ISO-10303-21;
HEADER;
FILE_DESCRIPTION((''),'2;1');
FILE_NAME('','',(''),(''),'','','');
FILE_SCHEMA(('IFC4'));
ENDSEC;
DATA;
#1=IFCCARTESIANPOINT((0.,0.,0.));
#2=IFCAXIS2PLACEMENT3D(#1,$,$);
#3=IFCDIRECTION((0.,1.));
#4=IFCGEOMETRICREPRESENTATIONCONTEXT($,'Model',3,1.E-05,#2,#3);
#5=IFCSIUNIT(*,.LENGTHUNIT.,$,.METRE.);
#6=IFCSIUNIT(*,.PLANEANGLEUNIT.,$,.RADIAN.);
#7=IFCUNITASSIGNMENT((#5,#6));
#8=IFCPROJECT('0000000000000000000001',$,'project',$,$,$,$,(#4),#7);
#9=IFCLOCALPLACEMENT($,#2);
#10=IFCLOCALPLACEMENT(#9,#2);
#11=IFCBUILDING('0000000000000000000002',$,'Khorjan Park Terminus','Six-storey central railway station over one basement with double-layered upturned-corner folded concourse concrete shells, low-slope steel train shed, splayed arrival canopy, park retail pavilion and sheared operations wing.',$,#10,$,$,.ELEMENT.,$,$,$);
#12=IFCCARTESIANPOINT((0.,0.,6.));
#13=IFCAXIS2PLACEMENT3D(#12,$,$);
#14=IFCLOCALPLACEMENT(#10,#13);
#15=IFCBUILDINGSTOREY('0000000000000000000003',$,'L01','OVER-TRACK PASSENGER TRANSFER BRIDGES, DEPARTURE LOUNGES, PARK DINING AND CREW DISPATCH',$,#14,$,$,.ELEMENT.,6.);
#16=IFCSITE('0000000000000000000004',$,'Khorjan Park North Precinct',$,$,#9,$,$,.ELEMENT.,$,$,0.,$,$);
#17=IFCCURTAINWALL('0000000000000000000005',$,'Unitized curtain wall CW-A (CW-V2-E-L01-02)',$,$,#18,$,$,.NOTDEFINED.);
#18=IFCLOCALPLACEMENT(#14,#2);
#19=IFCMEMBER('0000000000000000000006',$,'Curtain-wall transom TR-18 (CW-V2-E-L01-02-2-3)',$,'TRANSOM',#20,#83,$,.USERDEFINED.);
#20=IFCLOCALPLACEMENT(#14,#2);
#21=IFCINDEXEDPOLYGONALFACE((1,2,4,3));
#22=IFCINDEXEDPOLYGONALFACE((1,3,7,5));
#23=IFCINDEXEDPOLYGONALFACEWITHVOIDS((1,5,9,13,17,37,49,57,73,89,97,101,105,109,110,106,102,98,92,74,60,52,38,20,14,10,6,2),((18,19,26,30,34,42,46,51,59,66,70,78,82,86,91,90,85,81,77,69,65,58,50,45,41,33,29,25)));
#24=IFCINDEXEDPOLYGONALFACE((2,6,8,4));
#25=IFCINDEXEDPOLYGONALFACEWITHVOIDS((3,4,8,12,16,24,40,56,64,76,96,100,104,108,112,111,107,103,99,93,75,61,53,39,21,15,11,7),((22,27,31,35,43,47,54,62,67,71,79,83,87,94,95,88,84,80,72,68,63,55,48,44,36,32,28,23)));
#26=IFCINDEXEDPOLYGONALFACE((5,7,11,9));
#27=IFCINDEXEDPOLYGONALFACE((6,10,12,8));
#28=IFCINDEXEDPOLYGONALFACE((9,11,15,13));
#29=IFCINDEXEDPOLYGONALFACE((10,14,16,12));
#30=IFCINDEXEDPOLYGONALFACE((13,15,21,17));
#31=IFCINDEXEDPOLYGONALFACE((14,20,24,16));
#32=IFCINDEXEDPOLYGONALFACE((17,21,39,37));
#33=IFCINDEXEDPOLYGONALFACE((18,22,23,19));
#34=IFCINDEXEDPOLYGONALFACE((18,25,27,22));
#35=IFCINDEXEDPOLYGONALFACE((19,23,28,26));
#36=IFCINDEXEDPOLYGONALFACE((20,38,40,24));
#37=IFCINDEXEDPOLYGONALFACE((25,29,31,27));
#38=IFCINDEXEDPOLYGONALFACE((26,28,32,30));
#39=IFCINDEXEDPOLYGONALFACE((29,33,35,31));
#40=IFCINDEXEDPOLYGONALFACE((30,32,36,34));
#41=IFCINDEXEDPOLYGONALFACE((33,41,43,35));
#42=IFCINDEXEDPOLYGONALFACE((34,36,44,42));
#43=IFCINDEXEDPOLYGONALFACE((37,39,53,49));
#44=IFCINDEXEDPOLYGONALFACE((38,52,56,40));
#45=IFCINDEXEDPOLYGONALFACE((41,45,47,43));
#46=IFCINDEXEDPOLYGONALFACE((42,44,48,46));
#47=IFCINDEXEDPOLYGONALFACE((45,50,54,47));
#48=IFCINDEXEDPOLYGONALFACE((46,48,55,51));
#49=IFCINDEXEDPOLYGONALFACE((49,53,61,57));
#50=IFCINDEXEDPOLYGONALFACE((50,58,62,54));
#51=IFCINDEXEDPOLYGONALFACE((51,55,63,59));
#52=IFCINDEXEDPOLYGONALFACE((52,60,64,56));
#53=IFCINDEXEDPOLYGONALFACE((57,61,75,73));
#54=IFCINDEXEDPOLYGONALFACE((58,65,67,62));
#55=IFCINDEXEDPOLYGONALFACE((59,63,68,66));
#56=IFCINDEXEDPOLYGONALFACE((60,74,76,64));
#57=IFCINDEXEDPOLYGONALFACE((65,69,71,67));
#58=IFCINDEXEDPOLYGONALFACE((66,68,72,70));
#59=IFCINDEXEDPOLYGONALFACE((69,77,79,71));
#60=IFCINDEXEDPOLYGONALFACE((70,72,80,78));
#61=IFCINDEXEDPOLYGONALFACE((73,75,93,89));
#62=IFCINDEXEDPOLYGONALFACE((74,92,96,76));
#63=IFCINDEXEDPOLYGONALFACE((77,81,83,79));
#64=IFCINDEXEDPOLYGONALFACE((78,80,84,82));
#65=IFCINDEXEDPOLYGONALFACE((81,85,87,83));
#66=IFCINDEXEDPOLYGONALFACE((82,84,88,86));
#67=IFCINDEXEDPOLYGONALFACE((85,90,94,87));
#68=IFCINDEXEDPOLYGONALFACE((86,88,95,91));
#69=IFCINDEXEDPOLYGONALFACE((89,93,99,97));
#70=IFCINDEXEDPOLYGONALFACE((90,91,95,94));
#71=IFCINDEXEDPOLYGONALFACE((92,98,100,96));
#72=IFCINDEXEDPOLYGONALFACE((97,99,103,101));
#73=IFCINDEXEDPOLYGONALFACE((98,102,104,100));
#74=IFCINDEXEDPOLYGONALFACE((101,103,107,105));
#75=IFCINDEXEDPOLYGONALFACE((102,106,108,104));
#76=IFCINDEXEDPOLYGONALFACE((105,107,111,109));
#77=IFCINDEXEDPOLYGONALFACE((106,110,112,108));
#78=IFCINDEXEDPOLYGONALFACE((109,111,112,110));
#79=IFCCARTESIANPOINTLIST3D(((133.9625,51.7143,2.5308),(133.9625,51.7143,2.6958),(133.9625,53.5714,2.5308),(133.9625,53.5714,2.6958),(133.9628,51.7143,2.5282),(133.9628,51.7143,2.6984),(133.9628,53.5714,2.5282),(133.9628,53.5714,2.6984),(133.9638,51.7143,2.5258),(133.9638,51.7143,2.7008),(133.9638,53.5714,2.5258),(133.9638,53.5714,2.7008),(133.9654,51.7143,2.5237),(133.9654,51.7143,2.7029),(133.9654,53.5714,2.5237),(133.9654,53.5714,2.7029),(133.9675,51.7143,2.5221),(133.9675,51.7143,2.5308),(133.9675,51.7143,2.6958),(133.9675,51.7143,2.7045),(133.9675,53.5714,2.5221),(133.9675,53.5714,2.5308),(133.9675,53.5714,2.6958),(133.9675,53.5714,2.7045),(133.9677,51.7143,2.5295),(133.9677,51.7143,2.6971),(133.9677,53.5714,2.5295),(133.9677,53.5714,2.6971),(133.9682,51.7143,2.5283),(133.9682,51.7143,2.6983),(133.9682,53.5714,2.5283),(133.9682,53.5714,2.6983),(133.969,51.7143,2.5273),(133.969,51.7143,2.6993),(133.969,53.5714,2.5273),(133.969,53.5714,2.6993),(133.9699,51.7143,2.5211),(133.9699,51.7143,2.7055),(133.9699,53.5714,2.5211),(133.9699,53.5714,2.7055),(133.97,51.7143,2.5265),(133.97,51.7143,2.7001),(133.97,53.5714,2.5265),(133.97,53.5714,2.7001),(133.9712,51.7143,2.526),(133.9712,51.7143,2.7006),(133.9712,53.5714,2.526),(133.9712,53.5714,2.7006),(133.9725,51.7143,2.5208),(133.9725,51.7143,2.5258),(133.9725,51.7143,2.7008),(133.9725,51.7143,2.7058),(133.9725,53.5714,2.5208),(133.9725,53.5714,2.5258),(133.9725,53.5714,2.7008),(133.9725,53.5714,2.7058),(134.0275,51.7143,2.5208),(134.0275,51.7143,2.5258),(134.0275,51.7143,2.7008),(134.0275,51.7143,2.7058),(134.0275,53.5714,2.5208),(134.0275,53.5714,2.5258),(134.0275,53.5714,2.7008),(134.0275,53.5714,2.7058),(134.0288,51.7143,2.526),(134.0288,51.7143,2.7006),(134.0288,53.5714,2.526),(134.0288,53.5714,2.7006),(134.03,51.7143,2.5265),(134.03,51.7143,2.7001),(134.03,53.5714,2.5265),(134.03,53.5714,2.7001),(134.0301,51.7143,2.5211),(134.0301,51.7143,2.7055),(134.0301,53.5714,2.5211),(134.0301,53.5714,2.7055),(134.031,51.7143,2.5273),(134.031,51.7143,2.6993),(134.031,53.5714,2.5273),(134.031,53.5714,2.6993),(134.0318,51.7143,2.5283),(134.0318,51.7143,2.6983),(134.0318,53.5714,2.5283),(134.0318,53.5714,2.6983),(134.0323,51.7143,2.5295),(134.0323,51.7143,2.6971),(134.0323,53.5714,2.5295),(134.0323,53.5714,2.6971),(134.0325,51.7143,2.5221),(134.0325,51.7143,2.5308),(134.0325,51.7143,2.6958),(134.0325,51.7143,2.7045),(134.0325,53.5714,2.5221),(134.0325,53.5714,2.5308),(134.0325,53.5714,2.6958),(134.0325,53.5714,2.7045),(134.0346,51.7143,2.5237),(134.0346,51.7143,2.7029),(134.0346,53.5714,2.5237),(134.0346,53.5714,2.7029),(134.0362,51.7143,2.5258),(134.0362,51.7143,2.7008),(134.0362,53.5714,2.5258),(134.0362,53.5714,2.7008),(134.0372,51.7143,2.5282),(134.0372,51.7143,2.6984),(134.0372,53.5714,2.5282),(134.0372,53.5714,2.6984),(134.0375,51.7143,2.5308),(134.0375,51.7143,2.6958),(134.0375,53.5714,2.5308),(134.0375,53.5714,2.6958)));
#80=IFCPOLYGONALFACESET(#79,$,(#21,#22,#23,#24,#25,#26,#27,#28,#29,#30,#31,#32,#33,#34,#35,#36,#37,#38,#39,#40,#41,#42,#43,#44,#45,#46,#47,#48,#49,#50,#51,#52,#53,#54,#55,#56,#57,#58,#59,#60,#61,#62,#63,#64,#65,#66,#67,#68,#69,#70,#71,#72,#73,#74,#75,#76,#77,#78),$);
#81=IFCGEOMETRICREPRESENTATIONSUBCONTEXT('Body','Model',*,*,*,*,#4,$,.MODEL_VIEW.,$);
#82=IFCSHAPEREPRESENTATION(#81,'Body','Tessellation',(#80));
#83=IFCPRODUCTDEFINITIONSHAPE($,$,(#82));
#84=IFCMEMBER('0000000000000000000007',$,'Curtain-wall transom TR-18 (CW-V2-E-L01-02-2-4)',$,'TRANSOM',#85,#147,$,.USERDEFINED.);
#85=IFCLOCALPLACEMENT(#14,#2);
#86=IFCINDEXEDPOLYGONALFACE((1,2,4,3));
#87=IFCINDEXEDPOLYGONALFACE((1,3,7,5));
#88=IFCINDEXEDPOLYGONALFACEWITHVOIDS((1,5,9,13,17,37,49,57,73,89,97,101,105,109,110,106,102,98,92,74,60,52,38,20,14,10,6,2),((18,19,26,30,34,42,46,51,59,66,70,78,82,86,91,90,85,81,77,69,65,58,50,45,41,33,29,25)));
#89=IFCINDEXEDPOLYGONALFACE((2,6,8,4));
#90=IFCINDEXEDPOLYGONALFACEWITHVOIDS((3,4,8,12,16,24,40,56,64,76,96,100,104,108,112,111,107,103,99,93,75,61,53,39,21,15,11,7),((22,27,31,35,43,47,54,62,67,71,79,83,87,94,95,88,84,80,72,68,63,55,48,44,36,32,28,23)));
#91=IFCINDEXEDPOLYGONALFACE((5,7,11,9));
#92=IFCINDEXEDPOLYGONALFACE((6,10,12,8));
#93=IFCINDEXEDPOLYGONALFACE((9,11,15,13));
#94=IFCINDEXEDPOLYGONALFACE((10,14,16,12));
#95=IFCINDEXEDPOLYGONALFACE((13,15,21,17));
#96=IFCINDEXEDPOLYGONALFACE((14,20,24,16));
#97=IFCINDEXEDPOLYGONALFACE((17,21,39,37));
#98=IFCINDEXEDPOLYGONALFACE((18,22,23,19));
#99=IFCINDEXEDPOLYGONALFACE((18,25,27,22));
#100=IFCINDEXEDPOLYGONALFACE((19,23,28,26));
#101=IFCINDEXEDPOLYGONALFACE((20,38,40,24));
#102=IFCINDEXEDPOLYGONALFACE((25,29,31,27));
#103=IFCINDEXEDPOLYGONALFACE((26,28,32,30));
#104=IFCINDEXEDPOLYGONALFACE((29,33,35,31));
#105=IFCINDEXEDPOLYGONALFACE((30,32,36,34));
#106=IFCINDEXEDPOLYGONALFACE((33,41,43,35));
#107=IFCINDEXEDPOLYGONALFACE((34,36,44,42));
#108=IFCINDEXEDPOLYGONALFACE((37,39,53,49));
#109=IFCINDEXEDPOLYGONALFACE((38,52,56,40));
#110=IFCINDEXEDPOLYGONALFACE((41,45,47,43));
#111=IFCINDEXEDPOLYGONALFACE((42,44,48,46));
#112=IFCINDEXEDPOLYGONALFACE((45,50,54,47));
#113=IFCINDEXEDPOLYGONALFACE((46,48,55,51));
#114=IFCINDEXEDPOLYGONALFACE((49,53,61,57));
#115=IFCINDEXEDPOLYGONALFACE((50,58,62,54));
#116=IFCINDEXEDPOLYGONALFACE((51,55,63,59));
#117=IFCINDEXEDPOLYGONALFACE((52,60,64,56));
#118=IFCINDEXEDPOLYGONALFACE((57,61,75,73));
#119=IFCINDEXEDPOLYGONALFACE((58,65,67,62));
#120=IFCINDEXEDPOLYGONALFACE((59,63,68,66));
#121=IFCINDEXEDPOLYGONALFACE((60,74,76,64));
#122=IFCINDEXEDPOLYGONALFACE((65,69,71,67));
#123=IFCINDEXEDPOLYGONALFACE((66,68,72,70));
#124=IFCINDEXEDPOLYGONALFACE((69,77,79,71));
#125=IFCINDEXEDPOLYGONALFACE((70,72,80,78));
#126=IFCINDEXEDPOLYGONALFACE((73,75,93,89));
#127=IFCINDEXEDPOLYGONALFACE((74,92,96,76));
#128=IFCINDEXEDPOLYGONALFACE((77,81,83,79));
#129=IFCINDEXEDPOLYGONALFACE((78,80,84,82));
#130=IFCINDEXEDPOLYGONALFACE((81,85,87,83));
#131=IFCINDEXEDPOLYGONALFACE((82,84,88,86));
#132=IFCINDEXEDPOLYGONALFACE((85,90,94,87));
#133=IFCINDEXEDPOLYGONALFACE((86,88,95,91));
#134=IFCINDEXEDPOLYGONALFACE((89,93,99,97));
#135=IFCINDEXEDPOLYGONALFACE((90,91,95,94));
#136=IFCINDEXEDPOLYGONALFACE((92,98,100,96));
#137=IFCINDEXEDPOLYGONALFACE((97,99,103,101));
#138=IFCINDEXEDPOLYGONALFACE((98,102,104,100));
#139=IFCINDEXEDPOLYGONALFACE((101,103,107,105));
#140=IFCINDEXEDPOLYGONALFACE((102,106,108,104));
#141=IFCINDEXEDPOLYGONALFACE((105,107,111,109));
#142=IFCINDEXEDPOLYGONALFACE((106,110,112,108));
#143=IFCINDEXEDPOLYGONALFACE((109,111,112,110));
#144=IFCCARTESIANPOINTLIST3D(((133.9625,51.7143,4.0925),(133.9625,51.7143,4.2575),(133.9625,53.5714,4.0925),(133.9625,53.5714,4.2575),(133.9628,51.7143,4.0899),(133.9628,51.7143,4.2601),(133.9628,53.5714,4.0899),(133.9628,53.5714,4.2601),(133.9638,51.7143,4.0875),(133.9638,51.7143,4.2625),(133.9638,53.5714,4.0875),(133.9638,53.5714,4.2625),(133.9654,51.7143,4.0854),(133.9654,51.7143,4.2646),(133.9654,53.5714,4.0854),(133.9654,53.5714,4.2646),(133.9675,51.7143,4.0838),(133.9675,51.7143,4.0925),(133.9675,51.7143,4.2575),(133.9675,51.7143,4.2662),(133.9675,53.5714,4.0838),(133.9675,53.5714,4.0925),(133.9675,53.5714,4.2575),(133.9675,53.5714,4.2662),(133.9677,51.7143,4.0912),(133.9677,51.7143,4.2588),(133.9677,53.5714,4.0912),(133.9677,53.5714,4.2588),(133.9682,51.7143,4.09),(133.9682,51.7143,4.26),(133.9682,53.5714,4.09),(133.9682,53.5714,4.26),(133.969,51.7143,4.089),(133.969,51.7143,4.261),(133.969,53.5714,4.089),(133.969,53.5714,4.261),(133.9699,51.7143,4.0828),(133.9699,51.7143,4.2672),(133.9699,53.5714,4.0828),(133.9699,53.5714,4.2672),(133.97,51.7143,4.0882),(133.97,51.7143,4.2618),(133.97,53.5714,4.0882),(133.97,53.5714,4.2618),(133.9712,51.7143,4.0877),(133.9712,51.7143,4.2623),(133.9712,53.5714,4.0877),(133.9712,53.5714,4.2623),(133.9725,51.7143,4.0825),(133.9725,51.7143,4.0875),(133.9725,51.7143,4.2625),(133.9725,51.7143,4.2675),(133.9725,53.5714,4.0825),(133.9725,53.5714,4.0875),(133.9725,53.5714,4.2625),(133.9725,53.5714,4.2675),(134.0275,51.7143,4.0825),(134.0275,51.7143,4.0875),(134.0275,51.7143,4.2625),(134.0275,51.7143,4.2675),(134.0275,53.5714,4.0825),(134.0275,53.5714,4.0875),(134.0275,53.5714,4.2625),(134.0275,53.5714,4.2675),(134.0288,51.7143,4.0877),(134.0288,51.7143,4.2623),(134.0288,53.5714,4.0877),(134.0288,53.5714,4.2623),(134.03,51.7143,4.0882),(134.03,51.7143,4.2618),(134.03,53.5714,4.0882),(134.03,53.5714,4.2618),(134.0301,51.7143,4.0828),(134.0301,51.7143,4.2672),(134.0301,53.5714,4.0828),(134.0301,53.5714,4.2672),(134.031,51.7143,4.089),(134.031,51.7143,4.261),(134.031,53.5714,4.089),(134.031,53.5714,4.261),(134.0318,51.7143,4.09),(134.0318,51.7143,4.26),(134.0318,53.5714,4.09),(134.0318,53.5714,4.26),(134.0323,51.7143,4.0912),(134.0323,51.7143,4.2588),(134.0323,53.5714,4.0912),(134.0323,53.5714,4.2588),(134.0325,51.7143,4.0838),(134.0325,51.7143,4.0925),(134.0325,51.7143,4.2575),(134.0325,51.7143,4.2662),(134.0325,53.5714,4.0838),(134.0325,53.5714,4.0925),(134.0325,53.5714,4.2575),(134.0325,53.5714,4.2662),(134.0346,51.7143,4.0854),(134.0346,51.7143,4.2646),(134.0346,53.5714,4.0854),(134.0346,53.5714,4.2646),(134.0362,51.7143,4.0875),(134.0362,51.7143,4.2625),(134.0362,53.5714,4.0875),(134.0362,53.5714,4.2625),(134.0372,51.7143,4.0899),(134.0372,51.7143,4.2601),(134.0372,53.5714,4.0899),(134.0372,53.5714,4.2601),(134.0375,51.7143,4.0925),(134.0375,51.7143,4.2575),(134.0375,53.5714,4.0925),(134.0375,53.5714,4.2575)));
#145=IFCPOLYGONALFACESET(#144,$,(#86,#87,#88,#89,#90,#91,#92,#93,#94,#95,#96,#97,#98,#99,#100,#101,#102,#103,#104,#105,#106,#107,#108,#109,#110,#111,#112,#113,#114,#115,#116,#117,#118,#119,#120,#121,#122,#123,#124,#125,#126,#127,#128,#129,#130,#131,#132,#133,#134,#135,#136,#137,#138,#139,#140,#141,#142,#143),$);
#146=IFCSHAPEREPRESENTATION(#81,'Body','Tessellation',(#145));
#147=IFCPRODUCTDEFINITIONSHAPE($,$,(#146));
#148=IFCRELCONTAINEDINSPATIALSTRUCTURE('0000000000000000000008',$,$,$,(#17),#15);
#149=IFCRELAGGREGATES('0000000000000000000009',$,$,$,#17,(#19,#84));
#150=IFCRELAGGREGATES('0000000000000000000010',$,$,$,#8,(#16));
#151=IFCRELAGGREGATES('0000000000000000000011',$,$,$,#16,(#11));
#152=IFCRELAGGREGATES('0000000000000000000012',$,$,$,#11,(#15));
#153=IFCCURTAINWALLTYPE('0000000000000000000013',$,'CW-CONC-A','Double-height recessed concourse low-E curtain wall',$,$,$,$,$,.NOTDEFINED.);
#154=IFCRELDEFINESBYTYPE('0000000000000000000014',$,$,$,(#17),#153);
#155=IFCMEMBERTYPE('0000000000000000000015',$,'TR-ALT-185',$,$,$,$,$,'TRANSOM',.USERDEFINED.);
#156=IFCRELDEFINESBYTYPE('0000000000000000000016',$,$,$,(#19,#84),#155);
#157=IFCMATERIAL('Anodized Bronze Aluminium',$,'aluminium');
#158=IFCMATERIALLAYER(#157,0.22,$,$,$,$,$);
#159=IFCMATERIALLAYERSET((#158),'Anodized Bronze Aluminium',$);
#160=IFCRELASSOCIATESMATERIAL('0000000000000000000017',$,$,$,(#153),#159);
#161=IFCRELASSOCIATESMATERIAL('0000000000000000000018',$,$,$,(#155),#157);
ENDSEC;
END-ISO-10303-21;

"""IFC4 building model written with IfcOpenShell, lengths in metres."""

from ifc_helpers import new_model, si_unit, direction, frame, origin, origin_2d, place, context, subcontext, project, spatial, hollow_rectangle, extrude, material, layer, layer_set, material_profile, profile_set, type_object, element, aggregate, save


model = new_model("IFC4")

# Units and contexts
model_context = context("Model", 3, precision=1e-05, world=origin(), true_north=direction((0.0, 1.0)))
body_context = subcontext(model_context, "Body", "Model", "MODEL_VIEW")
ifc_project = project(units=[si_unit("LENGTHUNIT", "METRE"), si_unit("PLANEANGLEUNIT", "RADIAN")], contexts=[model_context])

# Site, building, storey
site_placement = place(None, origin())
site = spatial("IfcSite", under=ifc_project, at=site_placement, Name="Khorjan Park North Precinct", CompositionType="ELEMENT", RefElevation=0.0)
building_placement = place(site_placement, origin())
building = spatial("IfcBuilding", under=site, at=building_placement, Name="Khorjan Park Terminus", Description="Six-storey central railway station over one basement with double-layered upturned-corner folded concourse concrete shells, low-slope steel train shed, splayed arrival canopy, park retail pavilion and sheared operations wing.", CompositionType="ELEMENT")
storey_placement = place(building_placement, frame((0.0, 0.0, 6.0)))
storey = spatial("IfcBuildingStorey", under=building, at=storey_placement, Name="L01", Description="OVER-TRACK PASSENGER TRANSFER BRIDGES, DEPARTURE LOUNGES, PARK DINING AND CREW DISPATCH", CompositionType="ELEMENT", Elevation=6.0)

# Curtain wall, members
ifc_material_1 = material(Name="Anodized Bronze Aluminium", Category="aluminium")
ifc_layer_1 = layer(ifc_material_1, 0.22)
ifc_layer_set_1 = layer_set([ifc_layer_1], Name="Anodized Bronze Aluminium")
curtain_wall_type = type_object("IfcCurtainWallType", Name="CW-CONC-A", Description="Double-height recessed concourse low-E curtain wall", PredefinedType="NOTDEFINED", material=ifc_layer_set_1)
curtain_wall_placement = place(storey_placement, origin())
curtain_wall = element("IfcCurtainWall", 1, at=curtain_wall_placement, inside=storey, type_object=curtain_wall_type, Name="Unitized curtain wall CW-A (CW-V2-E-L01-02)", PredefinedType="NOTDEFINED")
ifc_material_profile_1 = material_profile(ifc_material_1, hollow_rectangle(XDim=0.075, YDim=0.185, WallThickness=0.005, InnerFilletRadius=0.005, OuterFilletRadius=0.01, at=origin_2d()), Name="ALT 75x185x5")
ifc_profile_set_1 = profile_set([ifc_material_profile_1], Name="Anodized Bronze Aluminium")
member_type_1 = type_object("IfcMemberType", Name="TR-ALT-185", ElementType="TRANSOM", PredefinedType="USERDEFINED", material=ifc_profile_set_1)
member_1_placement = place(storey_placement, frame((134.0, 51.7143, 2.6133), z_axis=(0.0, 1.0, 0.0), x_axis=(-1.0, 0.0, 0.0)))
member_1 = element("IfcMember", 2, at=member_1_placement, type_object=member_type_1, Name="Curtain-wall transom TR-18 (CW-V2-E-L01-02-2-3)", ObjectType="TRANSOM", PredefinedType="USERDEFINED", context=body_context, shape_type="SweptSolid", body=[
    extrude(hollow_rectangle(XDim=0.075, YDim=0.185, WallThickness=0.005, InnerFilletRadius=0.005, OuterFilletRadius=0.01, at=origin_2d()), origin(), (0.0, 0.0, 1.0), 1.8571),
])
member_2_placement = place(storey_placement, frame((134.0, 51.7143, 4.175), z_axis=(0.0, 1.0, 0.0), x_axis=(-1.0, 0.0, 0.0)))
member_2 = element("IfcMember", 3, at=member_2_placement, type_object=member_type_1, Name="Curtain-wall transom TR-18 (CW-V2-E-L01-02-2-4)", ObjectType="TRANSOM", PredefinedType="USERDEFINED", context=body_context, shape_type="SweptSolid", body=[
    extrude(hollow_rectangle(XDim=0.075, YDim=0.185, WallThickness=0.005, InnerFilletRadius=0.005, OuterFilletRadius=0.01, at=origin_2d()), origin(), (0.0, 0.0, 1.0), 1.8571),
])
aggregate(curtain_wall, [member_1, member_2])

save(model, "model.ifc")
